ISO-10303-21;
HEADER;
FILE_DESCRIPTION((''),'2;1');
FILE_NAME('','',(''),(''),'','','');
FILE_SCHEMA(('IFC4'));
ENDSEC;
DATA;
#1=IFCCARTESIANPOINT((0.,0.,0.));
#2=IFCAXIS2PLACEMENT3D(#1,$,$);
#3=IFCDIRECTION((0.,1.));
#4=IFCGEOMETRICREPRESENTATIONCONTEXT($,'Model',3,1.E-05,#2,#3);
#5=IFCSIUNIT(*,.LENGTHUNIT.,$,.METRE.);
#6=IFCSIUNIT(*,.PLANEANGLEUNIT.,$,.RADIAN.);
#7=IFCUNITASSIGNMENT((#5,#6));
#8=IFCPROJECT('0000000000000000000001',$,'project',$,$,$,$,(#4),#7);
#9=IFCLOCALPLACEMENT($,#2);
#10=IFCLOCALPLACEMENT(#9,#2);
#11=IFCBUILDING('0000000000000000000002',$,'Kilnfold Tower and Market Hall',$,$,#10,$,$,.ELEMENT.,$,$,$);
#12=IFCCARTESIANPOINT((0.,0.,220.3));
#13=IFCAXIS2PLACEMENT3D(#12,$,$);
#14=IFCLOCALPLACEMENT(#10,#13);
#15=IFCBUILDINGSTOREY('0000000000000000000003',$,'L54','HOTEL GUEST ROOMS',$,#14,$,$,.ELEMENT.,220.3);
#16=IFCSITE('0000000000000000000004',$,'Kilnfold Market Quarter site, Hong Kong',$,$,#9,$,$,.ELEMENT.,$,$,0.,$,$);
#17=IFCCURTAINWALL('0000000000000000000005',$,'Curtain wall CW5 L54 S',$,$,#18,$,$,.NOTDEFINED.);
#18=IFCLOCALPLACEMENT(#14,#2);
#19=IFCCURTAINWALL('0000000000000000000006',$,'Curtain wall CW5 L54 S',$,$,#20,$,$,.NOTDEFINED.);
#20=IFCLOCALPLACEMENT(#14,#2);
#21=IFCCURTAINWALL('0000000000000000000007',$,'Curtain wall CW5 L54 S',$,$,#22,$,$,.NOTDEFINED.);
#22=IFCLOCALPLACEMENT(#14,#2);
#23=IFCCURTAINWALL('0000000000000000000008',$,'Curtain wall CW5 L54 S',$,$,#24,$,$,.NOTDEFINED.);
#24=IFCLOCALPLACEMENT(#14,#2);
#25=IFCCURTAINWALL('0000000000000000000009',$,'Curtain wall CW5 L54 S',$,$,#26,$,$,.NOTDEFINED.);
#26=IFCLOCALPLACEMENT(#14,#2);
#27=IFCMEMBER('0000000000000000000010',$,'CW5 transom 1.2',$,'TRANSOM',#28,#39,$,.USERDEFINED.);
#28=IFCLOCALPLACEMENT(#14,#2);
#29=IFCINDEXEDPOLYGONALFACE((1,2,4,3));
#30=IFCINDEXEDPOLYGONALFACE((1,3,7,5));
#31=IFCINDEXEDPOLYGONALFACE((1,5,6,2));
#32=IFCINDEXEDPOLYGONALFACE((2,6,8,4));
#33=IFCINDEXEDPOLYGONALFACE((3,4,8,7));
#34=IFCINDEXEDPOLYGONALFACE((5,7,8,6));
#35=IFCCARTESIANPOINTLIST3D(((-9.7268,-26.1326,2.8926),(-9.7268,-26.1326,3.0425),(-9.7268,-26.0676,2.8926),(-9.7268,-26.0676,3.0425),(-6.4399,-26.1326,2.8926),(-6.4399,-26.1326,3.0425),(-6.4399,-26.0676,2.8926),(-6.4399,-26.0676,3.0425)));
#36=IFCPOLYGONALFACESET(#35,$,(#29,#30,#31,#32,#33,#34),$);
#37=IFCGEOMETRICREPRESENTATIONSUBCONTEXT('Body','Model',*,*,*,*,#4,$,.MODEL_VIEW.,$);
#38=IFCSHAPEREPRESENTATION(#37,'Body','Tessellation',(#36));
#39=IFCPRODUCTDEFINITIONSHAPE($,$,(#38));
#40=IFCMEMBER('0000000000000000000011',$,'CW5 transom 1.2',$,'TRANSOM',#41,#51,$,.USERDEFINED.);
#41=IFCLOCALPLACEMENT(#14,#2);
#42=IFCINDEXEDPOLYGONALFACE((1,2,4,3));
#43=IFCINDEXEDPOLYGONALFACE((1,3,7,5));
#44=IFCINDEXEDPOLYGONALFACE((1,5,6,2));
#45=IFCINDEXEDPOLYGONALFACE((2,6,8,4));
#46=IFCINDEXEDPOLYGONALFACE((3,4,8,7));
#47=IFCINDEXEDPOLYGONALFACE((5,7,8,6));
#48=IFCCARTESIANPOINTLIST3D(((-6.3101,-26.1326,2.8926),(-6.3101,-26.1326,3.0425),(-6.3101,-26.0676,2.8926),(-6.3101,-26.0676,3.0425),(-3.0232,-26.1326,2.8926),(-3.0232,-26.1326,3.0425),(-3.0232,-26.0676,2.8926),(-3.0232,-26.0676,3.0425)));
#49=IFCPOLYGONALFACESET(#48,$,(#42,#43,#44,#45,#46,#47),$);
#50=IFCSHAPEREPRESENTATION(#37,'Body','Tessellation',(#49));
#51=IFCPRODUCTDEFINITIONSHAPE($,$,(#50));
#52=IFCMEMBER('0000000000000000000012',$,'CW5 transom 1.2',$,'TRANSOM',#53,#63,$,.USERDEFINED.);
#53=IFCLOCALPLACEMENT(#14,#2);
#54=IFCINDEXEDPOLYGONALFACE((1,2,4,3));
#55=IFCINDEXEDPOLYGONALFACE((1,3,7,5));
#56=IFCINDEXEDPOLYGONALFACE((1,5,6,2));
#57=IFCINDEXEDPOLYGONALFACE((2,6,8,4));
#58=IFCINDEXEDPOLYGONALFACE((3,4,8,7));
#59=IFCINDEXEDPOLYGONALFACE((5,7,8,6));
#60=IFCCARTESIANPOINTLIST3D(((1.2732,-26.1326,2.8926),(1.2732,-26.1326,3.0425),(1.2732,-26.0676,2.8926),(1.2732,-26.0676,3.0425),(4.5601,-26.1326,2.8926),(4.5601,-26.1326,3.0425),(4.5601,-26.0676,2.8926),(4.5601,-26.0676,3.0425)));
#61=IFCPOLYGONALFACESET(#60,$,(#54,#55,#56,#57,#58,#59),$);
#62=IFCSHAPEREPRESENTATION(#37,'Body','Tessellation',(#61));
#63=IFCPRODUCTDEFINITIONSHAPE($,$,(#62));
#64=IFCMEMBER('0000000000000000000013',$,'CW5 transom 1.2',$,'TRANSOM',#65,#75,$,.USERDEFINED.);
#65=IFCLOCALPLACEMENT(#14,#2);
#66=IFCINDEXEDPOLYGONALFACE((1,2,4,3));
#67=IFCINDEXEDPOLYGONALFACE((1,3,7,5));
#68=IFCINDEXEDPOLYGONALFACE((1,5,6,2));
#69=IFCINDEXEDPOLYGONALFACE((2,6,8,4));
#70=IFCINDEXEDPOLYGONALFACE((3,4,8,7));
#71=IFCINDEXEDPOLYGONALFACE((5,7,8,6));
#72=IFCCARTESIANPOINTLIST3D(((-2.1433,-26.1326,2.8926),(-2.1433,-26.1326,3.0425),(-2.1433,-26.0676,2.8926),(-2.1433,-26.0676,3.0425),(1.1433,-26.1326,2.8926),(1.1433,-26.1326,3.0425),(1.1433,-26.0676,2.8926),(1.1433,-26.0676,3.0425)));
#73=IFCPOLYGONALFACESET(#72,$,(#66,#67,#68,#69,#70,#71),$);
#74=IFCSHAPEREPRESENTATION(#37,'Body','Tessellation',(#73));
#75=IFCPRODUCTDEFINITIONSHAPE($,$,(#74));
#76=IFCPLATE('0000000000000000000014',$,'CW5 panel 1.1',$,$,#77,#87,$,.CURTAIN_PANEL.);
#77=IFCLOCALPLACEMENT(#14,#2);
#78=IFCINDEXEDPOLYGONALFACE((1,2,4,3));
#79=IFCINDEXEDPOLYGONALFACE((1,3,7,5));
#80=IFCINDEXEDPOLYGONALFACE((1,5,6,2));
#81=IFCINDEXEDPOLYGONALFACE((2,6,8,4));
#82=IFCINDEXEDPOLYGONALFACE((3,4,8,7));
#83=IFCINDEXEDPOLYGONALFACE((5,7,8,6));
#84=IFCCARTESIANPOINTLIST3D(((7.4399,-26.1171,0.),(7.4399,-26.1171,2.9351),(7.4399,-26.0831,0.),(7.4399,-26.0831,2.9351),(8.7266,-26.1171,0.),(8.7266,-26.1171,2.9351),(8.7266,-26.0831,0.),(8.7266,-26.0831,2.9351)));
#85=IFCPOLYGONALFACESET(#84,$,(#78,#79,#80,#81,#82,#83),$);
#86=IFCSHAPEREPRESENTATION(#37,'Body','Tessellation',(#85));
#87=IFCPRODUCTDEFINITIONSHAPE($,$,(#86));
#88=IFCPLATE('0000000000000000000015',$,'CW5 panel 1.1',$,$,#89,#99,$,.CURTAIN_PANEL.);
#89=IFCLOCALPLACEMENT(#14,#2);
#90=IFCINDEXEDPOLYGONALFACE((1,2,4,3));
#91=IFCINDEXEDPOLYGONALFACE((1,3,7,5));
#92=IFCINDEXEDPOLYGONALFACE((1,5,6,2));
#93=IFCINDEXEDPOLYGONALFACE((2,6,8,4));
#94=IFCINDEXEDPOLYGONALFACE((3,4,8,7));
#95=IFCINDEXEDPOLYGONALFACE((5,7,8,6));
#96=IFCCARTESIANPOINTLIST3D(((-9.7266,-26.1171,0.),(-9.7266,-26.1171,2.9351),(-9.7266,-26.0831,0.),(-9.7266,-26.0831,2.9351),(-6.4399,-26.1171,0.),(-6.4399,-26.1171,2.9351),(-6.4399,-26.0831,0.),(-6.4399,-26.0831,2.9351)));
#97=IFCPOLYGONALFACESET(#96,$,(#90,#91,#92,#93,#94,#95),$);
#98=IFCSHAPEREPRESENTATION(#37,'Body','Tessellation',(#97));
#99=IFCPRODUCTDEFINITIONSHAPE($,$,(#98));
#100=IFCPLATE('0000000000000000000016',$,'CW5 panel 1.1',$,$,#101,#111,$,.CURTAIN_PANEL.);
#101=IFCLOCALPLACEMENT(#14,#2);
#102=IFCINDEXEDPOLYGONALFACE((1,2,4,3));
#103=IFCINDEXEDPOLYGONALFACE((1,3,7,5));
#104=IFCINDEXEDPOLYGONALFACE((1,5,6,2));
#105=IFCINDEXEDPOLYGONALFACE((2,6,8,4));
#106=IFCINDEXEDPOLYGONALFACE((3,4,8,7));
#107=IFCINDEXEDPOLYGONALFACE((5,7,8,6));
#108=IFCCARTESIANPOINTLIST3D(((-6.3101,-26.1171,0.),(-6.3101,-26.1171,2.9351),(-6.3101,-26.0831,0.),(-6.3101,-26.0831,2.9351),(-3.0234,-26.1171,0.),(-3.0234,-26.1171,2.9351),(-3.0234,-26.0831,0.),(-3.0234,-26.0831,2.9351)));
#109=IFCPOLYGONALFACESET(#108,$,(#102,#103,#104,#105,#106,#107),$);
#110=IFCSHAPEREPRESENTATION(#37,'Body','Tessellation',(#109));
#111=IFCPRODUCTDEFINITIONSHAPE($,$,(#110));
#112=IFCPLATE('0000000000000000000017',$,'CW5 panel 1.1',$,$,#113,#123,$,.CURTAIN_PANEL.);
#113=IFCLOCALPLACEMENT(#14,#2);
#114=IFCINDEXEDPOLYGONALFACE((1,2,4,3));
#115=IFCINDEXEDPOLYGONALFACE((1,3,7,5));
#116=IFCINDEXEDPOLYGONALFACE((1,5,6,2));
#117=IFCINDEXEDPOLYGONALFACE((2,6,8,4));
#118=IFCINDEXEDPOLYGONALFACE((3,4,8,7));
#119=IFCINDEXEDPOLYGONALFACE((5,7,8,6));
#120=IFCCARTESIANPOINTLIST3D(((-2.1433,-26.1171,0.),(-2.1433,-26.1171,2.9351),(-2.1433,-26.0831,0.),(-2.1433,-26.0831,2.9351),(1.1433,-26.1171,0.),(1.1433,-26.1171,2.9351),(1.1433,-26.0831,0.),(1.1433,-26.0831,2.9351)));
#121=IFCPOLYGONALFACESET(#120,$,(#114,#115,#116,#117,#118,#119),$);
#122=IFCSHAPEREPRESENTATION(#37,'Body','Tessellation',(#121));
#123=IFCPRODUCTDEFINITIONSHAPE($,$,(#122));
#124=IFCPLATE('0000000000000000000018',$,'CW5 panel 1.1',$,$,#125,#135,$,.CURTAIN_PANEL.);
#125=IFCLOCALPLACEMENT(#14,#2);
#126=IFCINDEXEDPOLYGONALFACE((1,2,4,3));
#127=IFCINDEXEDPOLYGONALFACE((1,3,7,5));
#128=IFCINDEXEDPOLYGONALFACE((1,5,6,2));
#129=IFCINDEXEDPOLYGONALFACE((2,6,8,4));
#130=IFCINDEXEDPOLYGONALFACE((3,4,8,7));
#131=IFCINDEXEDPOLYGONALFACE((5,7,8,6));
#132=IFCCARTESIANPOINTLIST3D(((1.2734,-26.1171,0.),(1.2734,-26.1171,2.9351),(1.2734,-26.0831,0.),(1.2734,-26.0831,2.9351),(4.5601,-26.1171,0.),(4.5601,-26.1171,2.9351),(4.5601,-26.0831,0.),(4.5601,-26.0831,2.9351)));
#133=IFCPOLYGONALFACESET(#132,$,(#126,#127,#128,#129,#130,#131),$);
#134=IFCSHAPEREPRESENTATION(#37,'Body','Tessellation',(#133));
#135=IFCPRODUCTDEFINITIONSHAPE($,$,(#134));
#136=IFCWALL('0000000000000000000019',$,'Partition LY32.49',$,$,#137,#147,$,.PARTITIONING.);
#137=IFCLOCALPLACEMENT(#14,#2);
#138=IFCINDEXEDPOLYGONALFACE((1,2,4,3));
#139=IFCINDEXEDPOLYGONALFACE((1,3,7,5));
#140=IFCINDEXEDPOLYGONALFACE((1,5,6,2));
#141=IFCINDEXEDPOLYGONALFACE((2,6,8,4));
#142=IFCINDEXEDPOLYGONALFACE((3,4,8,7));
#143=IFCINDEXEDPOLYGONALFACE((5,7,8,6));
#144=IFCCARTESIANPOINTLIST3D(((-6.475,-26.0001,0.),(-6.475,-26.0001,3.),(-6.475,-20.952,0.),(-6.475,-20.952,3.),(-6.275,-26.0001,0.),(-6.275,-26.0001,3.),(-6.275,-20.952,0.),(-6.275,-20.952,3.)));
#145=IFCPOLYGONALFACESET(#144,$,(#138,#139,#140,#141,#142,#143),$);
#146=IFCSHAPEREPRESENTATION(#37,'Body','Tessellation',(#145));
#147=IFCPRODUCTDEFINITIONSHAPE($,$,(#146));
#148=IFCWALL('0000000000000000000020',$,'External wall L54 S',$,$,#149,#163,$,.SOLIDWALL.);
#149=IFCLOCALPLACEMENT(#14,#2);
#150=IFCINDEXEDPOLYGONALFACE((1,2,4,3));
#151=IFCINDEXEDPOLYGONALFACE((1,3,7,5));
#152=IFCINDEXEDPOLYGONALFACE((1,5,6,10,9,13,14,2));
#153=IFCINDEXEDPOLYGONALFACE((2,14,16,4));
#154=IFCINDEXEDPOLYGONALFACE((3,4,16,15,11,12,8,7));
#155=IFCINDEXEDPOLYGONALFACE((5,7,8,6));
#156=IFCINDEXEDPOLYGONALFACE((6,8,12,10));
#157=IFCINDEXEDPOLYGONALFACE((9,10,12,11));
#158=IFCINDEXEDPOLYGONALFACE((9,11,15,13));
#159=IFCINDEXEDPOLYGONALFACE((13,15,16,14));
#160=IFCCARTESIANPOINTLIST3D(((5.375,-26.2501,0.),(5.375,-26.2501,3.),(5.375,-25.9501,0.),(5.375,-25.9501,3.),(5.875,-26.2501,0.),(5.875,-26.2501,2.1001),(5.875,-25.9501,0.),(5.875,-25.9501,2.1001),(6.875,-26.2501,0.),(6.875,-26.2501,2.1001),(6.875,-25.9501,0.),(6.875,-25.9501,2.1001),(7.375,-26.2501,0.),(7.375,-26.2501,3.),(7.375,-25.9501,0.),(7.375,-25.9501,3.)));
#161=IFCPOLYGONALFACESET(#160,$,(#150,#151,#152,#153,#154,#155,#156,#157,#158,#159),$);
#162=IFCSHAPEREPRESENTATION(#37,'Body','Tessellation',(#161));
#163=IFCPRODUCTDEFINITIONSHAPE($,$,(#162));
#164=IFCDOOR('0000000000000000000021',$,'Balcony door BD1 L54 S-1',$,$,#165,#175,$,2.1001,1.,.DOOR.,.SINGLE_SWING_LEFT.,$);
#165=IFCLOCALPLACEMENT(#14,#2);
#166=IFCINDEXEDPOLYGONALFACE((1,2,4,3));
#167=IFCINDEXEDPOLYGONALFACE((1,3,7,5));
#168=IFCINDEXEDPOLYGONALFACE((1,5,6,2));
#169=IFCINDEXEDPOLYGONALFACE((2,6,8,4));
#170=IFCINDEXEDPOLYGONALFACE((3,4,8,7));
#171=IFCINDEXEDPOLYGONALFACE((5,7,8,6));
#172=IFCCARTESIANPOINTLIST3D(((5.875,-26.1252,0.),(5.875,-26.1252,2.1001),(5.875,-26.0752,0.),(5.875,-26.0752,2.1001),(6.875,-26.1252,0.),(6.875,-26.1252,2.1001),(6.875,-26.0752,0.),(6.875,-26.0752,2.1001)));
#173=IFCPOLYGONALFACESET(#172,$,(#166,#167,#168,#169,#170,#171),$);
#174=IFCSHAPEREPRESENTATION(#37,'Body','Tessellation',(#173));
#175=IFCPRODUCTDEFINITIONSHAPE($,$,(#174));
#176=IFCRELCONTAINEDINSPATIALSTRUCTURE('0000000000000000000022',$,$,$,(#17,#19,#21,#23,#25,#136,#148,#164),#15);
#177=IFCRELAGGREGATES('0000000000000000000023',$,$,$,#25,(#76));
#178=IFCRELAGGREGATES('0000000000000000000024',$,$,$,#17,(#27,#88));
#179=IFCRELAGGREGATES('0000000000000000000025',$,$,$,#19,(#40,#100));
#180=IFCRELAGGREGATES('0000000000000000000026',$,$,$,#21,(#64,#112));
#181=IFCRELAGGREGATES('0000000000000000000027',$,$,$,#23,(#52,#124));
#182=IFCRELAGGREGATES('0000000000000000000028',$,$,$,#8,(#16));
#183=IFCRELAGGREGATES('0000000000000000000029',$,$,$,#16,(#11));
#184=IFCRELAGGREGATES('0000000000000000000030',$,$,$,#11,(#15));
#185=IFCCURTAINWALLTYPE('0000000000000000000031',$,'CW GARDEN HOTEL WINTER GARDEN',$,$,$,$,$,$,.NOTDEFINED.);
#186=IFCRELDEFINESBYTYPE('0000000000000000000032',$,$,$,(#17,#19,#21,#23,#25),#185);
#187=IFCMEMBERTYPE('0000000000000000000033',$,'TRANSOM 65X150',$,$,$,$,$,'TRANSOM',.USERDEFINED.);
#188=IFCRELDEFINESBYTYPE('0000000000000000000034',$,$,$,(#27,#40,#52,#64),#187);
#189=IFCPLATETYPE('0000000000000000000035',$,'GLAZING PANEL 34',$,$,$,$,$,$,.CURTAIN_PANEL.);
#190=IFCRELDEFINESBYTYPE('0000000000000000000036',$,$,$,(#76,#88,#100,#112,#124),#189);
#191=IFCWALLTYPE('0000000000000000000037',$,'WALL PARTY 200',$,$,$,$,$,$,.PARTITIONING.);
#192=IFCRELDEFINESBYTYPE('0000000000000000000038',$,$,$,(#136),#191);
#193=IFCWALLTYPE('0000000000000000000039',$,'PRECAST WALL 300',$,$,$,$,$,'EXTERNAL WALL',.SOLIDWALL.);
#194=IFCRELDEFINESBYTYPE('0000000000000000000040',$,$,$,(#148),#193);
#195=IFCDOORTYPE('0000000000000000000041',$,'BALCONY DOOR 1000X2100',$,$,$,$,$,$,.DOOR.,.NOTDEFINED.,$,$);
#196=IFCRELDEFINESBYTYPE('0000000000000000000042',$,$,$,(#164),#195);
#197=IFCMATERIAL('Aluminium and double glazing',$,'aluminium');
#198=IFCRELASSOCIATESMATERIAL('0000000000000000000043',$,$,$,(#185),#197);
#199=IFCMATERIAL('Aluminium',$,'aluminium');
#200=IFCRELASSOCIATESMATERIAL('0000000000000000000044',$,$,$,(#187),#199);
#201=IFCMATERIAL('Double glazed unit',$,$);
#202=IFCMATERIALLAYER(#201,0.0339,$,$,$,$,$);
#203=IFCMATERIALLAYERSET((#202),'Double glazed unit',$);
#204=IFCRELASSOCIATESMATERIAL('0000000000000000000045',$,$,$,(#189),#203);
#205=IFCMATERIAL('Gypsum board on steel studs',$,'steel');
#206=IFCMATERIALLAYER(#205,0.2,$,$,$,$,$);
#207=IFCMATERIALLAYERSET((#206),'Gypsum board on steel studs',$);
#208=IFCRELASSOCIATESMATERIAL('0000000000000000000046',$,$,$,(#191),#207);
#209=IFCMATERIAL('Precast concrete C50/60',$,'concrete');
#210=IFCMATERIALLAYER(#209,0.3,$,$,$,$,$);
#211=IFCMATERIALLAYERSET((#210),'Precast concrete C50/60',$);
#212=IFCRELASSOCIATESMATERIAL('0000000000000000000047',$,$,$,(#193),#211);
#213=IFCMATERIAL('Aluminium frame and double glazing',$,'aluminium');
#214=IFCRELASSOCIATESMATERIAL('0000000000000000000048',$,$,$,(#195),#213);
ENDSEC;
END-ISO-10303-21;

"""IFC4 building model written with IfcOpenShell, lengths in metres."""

from ifc_helpers import new_model, si_unit, direction, frame, frame_2d, origin, origin_2d, place, context, subcontext, project, spatial, rectangle, extrude, source, transform, mapped, material, layer, layer_set, material_profile, profile_set, type_object, element, fill, aggregate, save


model = new_model("IFC4")

# Units and contexts
model_context = context("Model", 3, precision=1e-05, world=origin(), true_north=direction((0.0, 1.0)))
body_context = subcontext(model_context, "Body", "Model", "MODEL_VIEW")
ifc_project = project(units=[si_unit("LENGTHUNIT", "METRE"), si_unit("PLANEANGLEUNIT", "RADIAN")], contexts=[model_context])

# Site, building, storey
site_placement = place(None, origin())
site = spatial("IfcSite", under=ifc_project, at=site_placement, Name="Kilnfold Market Quarter site, Hong Kong", CompositionType="ELEMENT", RefElevation=0.0)
building_placement = place(site_placement, origin())
building = spatial("IfcBuilding", under=site, at=building_placement, Name="Kilnfold Tower and Market Hall", CompositionType="ELEMENT")
storey_placement = place(building_placement, frame((0.0, 0.0, 220.3)))
storey = spatial("IfcBuildingStorey", under=building, at=storey_placement, Name="L54", Description="HOTEL GUEST ROOMS", CompositionType="ELEMENT", Elevation=220.3)

# Curtain walls
ifc_material_1 = material(Name="Aluminium and double glazing", Category="aluminium")
curtain_wall_type = type_object("IfcCurtainWallType", Name="CW GARDEN HOTEL WINTER GARDEN", PredefinedType="NOTDEFINED", material=ifc_material_1)
curtain_wall_1_placement = place(storey_placement, origin())
curtain_wall_1 = element("IfcCurtainWall", 1, at=curtain_wall_1_placement, inside=storey, type_object=curtain_wall_type, Name="Curtain wall CW5 L54 S", PredefinedType="NOTDEFINED")
curtain_wall_2_placement = place(storey_placement, origin())
curtain_wall_2 = element("IfcCurtainWall", 2, at=curtain_wall_2_placement, inside=storey, type_object=curtain_wall_type, Name="Curtain wall CW5 L54 S", PredefinedType="NOTDEFINED")
curtain_wall_3_placement = place(storey_placement, origin())
curtain_wall_3 = element("IfcCurtainWall", 3, at=curtain_wall_3_placement, inside=storey, type_object=curtain_wall_type, Name="Curtain wall CW5 L54 S", PredefinedType="NOTDEFINED")
curtain_wall_4_placement = place(storey_placement, origin())
curtain_wall_4 = element("IfcCurtainWall", 4, at=curtain_wall_4_placement, inside=storey, type_object=curtain_wall_type, Name="Curtain wall CW5 L54 S", PredefinedType="NOTDEFINED")
curtain_wall_5_placement = place(storey_placement, origin())
curtain_wall_5 = element("IfcCurtainWall", 5, at=curtain_wall_5_placement, inside=storey, type_object=curtain_wall_type, Name="Curtain wall CW5 L54 S", PredefinedType="NOTDEFINED")
ifc_material_2 = material(Name="Aluminium", Category="aluminium")
ifc_material_profile_1 = material_profile(ifc_material_2, rectangle(XDim=0.0649, YDim=0.1499, at=origin_2d()), Name="TRANSOM 65x150")
ifc_profile_set_1 = profile_set([ifc_material_profile_1], Name="Aluminium")
member_type_1 = type_object("IfcMemberType", Name="TRANSOM 65X150", ElementType="TRANSOM", PredefinedType="USERDEFINED", material=ifc_profile_set_1)

# Members
shared_shape_1 = source(origin(), body_context, "Body", "SweptSolid", [
    extrude(rectangle(XDim=0.0649, YDim=0.1499, at=origin_2d()), origin(), (0.0, 0.0, 1.0), 3.2869),
])
member_1_placement = place(storey_placement, frame((-9.7268, -26.1001, 2.9675), z_axis=(1.0, 0.0, 0.0), x_axis=(0.0, 1.0, 0.0)))
member_1 = element("IfcMember", 6, at=member_1_placement, type_object=member_type_1, Name="CW5 transom 1.2", ObjectType="TRANSOM", PredefinedType="USERDEFINED", context=body_context, shape_type="MappedRepresentation", body=[
    mapped(shared_shape_1, transform((0.0, 0.0, 0.0))),
])
member_2_placement = place(storey_placement, frame((-6.3101, -26.1001, 2.9675), z_axis=(1.0, 0.0, 0.0), x_axis=(0.0, 1.0, 0.0)))
member_2 = element("IfcMember", 7, at=member_2_placement, type_object=member_type_1, Name="CW5 transom 1.2", ObjectType="TRANSOM", PredefinedType="USERDEFINED", context=body_context, shape_type="MappedRepresentation", body=[
    mapped(shared_shape_1, transform((0.0, 0.0, 0.0))),
])
member_3_placement = place(storey_placement, frame((1.2732, -26.1001, 2.9675), z_axis=(1.0, 0.0, 0.0), x_axis=(0.0, 1.0, 0.0)))
member_3 = element("IfcMember", 8, at=member_3_placement, type_object=member_type_1, Name="CW5 transom 1.2", ObjectType="TRANSOM", PredefinedType="USERDEFINED", context=body_context, shape_type="MappedRepresentation", body=[
    mapped(shared_shape_1, transform((0.0, 0.0, 0.0))),
])
shared_shape_2 = source(origin(), body_context, "Body", "SweptSolid", [
    extrude(rectangle(XDim=0.0649, YDim=0.1499, at=origin_2d()), origin(), (0.0, 0.0, 1.0), 3.2866),
])
member_4_placement = place(storey_placement, frame((-2.1433, -26.1001, 2.9675), z_axis=(1.0, 0.0, 0.0), x_axis=(0.0, 1.0, 0.0)))
member_4 = element("IfcMember", 9, at=member_4_placement, type_object=member_type_1, Name="CW5 transom 1.2", ObjectType="TRANSOM", PredefinedType="USERDEFINED", context=body_context, shape_type="MappedRepresentation", body=[
    mapped(shared_shape_2, transform((0.0, 0.0, 0.0))),
])

# Plates
ifc_material_3 = material(Name="Double glazed unit")
ifc_layer_1 = layer(ifc_material_3, 0.0339)
ifc_layer_set_1 = layer_set([ifc_layer_1], Name="Double glazed unit")
plate_type = type_object("IfcPlateType", Name="GLAZING PANEL 34", PredefinedType="CURTAIN_PANEL", material=ifc_layer_set_1)
shared_shape_3 = source(origin(), body_context, "Body", "SweptSolid", [
    extrude(rectangle(XDim=1.2866, YDim=0.0339, at=origin_2d()), origin(), (0.0, 0.0, 1.0), 2.9351),
])
plate_1_placement = place(storey_placement, frame((8.0833, -26.1001, 0.0), z_axis=(0.0, 0.0, 1.0), x_axis=(1.0, 0.0, 0.0)))
plate_1 = element("IfcPlate", 10, at=plate_1_placement, type_object=plate_type, Name="CW5 panel 1.1", PredefinedType="CURTAIN_PANEL", context=body_context, shape_type="MappedRepresentation", body=[
    mapped(shared_shape_3, transform((0.0, 0.0, 0.0))),
])
aggregate(curtain_wall_5, [plate_1])
shared_shape_4 = source(origin(), body_context, "Body", "SweptSolid", [
    extrude(rectangle(XDim=3.2866, YDim=0.0339, at=origin_2d()), origin(), (0.0, 0.0, 1.0), 2.9351),
])
plate_2_placement = place(storey_placement, frame((-8.0833, -26.1001, 0.0), z_axis=(0.0, 0.0, 1.0), x_axis=(1.0, 0.0, 0.0)))
plate_2 = element("IfcPlate", 11, at=plate_2_placement, type_object=plate_type, Name="CW5 panel 1.1", PredefinedType="CURTAIN_PANEL", context=body_context, shape_type="MappedRepresentation", body=[
    mapped(shared_shape_4, transform((0.0, 0.0, 0.0))),
])
aggregate(curtain_wall_1, [member_1, plate_2])
plate_3_placement = place(storey_placement, frame((-4.6667, -26.1001, 0.0), z_axis=(0.0, 0.0, 1.0), x_axis=(1.0, 0.0, 0.0)))
plate_3 = element("IfcPlate", 12, at=plate_3_placement, type_object=plate_type, Name="CW5 panel 1.1", PredefinedType="CURTAIN_PANEL", context=body_context, shape_type="MappedRepresentation", body=[
    mapped(shared_shape_4, transform((0.0, 0.0, 0.0))),
])
aggregate(curtain_wall_2, [member_2, plate_3])
plate_4_placement = place(storey_placement, frame((-0.5, -26.1001, 0.0), z_axis=(0.0, 0.0, 1.0), x_axis=(1.0, 0.0, 0.0)))
plate_4 = element("IfcPlate", 13, at=plate_4_placement, type_object=plate_type, Name="CW5 panel 1.1", PredefinedType="CURTAIN_PANEL", context=body_context, shape_type="MappedRepresentation", body=[
    mapped(shared_shape_4, transform((0.0, 0.0, 0.0))),
])
aggregate(curtain_wall_3, [member_4, plate_4])
plate_5_placement = place(storey_placement, frame((2.9167, -26.1001, 0.0), z_axis=(0.0, 0.0, 1.0), x_axis=(1.0, 0.0, 0.0)))
plate_5 = element("IfcPlate", 14, at=plate_5_placement, type_object=plate_type, Name="CW5 panel 1.1", PredefinedType="CURTAIN_PANEL", context=body_context, shape_type="MappedRepresentation", body=[
    mapped(shared_shape_4, transform((0.0, 0.0, 0.0))),
])
aggregate(curtain_wall_4, [member_3, plate_5])

# Wall
ifc_material_4 = material(Name="Gypsum board on steel studs", Category="steel")
ifc_layer_2 = layer(ifc_material_4, 0.2)
ifc_layer_set_2 = layer_set([ifc_layer_2], Name="Gypsum board on steel studs")
wall_type_1 = type_object("IfcWallType", Name="WALL PARTY 200", PredefinedType="PARTITIONING", material=ifc_layer_set_2)
wall_1_placement = place(storey_placement, frame((-6.375, -26.0, 0.0), z_axis=(0.0, 0.0, 1.0), x_axis=(0.0, 1.0, 0.0)))
element("IfcWall", 15, at=wall_1_placement, inside=storey, type_object=wall_type_1, Name="Partition LY32.49", PredefinedType="PARTITIONING", context=body_context, shape_type="SweptSolid", body=[
    extrude(rectangle(XDim=5.0481, YDim=0.2, at=frame_2d((2.5239, 0.0))), origin(), (0.0, 0.0, 1.0), 3.0),
])

# Wall, opening, door
ifc_material_5 = material(Name="Precast concrete C50/60", Category="concrete")
ifc_layer_3 = layer(ifc_material_5, 0.3)
ifc_layer_set_3 = layer_set([ifc_layer_3], Name="Precast concrete C50/60")
wall_type_2 = type_object("IfcWallType", Name="PRECAST WALL 300", ElementType="EXTERNAL WALL", PredefinedType="SOLIDWALL", material=ifc_layer_set_3)
shared_shape_5 = source(origin(), body_context, "Body", "SweptSolid", [
    extrude(rectangle(XDim=2.0, YDim=0.3, at=frame_2d((1.0, 0.0))), origin(), (0.0, 0.0, 1.0), 3.0),
])
wall_2_placement = place(storey_placement, frame((5.375, -26.1001, 0.0), z_axis=(0.0, 0.0, 1.0), x_axis=(1.0, 0.0, 0.0)))
wall_2 = element("IfcWall", 16, at=wall_2_placement, inside=storey, type_object=wall_type_2, Name="External wall L54 S", PredefinedType="SOLIDWALL", context=body_context, shape_type="MappedRepresentation", body=[
    mapped(shared_shape_5, transform((0.0, 0.0, 0.0))),
])
opening_placement = place(wall_2_placement, frame((0.5, 0.0, 0.0)))
opening = element("IfcOpeningElement", 17, at=opening_placement, cuts=wall_2, PredefinedType="OPENING", context=body_context, shape_type="SweptSolid", body=[
    extrude(rectangle(XDim=1.0, YDim=2.1001, at=frame_2d((0.5, 1.05))), frame((0.0, 0.1602, 0.0), z_axis=(0.0, -1.0, 0.0), x_axis=(1.0, 0.0, 0.0)), (0.0, 0.0, 1.0), 0.3201),
])
ifc_material_6 = material(Name="Aluminium frame and double glazing", Category="aluminium")
door_type = type_object("IfcDoorType", Name="BALCONY DOOR 1000X2100", OperationType="NOTDEFINED", PredefinedType="DOOR", material=ifc_material_6)
door_placement = place(opening_placement, origin())
door = element("IfcDoor", 18, at=door_placement, inside=storey, type_object=door_type, Name="Balcony door BD1 L54 S-1", OperationType="SINGLE_SWING_LEFT", OverallHeight=2.1001, OverallWidth=1.0, PredefinedType="DOOR", context=body_context, shape_type="SweptSolid", body=[
    extrude(rectangle(XDim=1.0, YDim=2.1001, at=frame_2d((0.5, 1.05))), frame((0.0, 0.0249, 0.0), z_axis=(0.0, -1.0, 0.0), x_axis=(1.0, 0.0, 0.0)), (0.0, 0.0, 1.0), 0.05),
])
fill(opening, door)

save(model, "model.ifc")
